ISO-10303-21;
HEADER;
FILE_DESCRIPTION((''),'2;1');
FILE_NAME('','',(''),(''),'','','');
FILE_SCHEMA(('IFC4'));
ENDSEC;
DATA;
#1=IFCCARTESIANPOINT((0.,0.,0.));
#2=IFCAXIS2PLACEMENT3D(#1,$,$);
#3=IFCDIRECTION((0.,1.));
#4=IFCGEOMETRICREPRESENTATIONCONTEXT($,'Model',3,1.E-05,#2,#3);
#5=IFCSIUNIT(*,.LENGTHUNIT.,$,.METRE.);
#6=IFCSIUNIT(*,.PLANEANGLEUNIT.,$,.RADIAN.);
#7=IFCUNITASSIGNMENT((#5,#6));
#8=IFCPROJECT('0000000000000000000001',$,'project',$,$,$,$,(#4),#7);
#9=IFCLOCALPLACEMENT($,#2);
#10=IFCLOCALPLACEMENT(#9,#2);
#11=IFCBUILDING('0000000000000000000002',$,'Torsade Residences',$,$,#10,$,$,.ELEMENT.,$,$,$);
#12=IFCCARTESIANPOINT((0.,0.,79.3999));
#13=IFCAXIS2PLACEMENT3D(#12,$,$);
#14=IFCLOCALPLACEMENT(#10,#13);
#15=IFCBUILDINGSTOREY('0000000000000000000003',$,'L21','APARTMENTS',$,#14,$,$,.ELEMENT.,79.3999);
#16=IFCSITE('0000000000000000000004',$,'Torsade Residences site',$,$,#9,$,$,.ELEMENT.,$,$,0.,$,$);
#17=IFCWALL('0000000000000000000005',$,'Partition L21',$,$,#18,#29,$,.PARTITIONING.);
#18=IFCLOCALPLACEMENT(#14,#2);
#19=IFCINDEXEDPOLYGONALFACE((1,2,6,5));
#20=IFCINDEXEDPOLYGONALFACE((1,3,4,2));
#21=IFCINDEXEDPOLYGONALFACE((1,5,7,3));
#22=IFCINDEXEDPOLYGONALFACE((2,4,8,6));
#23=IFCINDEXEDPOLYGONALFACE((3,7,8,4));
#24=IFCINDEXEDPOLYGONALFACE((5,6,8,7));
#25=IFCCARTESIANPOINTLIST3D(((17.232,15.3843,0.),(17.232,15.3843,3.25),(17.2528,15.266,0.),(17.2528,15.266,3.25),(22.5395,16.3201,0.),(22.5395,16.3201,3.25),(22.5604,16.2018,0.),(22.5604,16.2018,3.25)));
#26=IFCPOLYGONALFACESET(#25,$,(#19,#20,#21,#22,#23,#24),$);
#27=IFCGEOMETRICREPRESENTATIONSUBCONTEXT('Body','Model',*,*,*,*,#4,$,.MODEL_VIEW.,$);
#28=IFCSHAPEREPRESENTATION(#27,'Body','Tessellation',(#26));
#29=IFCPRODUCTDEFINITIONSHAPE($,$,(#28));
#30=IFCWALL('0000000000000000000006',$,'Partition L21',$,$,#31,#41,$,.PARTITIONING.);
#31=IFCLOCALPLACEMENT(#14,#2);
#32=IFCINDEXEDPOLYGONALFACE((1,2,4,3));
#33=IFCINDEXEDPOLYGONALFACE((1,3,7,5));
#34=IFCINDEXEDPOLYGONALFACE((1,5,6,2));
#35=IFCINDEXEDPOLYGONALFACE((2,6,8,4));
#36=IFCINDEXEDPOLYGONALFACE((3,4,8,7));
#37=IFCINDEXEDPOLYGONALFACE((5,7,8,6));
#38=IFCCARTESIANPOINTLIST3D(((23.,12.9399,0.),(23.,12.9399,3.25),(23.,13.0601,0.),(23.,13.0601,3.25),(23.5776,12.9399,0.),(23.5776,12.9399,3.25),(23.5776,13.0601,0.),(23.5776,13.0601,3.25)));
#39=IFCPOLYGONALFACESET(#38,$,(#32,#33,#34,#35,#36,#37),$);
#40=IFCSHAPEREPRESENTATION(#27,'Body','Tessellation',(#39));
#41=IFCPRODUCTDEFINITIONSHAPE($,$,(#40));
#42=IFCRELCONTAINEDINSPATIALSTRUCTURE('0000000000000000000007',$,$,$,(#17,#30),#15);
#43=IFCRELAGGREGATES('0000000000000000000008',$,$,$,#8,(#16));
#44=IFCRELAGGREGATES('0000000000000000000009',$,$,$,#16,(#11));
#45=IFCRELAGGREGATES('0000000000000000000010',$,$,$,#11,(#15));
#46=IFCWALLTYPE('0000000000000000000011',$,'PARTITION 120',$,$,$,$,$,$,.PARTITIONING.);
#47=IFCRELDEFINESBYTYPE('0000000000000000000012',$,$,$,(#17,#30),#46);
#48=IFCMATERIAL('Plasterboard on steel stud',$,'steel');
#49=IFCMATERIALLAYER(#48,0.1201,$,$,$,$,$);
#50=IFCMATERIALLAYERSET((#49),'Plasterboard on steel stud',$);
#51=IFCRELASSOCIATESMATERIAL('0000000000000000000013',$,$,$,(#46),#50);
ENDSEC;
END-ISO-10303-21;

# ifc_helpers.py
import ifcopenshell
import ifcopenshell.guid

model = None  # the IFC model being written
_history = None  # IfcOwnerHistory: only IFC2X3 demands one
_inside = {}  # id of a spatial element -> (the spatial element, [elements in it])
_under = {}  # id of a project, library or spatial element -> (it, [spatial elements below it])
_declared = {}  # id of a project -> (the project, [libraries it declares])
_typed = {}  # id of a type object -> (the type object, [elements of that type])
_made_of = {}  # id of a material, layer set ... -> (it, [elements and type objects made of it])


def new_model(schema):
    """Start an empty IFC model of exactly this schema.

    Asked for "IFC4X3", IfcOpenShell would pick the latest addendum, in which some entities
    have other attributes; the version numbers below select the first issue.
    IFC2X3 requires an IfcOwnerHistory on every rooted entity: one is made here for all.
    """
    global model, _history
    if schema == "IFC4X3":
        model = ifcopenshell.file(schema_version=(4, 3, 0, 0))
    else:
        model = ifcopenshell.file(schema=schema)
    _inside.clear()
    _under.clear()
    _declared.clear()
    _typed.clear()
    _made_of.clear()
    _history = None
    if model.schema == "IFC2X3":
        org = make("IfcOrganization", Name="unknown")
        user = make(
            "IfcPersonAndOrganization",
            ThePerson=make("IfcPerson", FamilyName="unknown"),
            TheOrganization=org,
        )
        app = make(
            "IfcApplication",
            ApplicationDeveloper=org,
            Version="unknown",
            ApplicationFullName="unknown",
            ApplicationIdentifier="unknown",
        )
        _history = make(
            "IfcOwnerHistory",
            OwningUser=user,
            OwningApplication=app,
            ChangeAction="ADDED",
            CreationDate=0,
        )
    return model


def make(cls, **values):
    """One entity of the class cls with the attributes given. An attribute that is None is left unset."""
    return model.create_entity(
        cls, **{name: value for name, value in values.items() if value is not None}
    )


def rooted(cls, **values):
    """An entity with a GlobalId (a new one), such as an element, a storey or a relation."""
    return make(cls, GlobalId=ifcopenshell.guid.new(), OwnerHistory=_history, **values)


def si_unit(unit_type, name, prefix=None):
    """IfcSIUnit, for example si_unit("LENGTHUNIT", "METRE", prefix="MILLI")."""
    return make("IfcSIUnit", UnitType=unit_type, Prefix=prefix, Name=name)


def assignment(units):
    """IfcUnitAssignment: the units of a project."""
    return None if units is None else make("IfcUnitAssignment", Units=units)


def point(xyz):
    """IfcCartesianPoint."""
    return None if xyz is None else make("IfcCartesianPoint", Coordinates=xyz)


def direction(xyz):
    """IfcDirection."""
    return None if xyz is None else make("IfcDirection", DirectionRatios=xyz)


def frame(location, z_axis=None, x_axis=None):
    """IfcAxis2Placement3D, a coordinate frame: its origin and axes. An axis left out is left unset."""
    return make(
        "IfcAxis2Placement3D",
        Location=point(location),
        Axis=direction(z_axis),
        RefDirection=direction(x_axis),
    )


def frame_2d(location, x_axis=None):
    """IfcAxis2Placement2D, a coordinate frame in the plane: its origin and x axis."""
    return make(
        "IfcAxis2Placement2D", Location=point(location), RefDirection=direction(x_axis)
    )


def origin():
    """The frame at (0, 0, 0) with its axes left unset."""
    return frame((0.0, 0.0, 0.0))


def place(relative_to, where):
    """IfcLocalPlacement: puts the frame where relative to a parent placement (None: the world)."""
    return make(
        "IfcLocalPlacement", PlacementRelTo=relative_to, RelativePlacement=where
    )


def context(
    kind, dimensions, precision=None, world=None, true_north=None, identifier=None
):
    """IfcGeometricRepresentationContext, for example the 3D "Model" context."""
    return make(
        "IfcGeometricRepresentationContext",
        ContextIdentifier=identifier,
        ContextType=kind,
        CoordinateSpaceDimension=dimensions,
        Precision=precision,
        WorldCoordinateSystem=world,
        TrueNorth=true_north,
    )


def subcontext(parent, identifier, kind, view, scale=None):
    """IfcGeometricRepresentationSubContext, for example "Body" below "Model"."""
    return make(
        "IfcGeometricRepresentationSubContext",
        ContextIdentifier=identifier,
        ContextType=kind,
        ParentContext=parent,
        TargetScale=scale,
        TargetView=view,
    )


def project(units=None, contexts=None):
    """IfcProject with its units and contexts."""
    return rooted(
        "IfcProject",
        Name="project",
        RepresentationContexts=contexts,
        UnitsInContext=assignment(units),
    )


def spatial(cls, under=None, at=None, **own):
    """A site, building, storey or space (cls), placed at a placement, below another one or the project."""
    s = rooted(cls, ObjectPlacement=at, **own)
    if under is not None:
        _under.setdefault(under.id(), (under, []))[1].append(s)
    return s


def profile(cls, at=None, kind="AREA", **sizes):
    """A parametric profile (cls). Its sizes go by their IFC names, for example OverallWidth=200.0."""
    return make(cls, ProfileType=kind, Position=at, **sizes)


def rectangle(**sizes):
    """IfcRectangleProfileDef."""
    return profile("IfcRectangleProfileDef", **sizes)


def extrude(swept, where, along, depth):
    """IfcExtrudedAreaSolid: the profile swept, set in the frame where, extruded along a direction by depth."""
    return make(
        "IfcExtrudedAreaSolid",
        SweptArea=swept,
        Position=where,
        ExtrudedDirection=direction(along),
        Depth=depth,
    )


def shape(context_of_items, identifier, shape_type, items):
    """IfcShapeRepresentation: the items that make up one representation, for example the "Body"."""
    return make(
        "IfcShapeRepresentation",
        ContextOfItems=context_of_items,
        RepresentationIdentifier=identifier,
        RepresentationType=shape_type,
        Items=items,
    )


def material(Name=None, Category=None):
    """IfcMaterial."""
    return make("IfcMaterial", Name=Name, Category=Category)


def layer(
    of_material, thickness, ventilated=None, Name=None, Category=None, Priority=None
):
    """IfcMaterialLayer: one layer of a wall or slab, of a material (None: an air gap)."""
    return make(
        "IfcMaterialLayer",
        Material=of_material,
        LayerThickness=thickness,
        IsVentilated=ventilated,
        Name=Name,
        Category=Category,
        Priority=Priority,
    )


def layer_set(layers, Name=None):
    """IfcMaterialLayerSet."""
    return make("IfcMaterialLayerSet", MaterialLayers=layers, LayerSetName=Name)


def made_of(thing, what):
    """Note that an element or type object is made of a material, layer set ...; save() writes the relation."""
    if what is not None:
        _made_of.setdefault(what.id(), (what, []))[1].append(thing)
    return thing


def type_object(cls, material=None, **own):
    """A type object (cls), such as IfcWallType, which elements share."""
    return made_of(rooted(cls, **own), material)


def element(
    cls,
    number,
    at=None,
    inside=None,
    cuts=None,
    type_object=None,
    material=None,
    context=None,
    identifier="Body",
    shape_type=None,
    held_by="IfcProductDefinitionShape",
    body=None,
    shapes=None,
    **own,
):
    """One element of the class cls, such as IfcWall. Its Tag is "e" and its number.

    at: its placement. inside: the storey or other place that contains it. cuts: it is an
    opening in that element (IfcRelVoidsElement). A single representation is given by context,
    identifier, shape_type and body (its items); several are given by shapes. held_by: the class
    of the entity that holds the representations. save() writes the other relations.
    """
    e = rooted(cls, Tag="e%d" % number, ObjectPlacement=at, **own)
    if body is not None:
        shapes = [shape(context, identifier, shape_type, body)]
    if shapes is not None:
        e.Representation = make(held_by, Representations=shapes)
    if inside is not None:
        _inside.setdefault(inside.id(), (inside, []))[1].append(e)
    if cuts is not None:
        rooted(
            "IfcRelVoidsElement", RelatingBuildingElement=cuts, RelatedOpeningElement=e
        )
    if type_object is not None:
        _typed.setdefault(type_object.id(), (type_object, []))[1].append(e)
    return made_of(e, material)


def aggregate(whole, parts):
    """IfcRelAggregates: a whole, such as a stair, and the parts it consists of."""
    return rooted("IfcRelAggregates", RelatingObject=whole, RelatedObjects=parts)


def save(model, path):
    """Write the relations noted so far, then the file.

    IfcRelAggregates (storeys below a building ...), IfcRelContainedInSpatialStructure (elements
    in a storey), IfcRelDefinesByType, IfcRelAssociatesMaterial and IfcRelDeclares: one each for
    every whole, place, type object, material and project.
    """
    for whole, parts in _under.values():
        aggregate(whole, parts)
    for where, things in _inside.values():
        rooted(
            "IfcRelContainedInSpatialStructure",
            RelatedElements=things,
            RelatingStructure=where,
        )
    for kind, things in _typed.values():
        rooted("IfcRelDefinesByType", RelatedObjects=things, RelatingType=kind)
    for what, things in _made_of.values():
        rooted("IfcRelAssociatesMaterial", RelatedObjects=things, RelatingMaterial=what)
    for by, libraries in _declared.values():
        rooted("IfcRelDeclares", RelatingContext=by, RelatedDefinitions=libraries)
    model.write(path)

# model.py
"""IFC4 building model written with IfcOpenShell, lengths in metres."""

from ifc_helpers import new_model, si_unit, direction, frame, frame_2d, origin, place, context, subcontext, project, spatial, rectangle, extrude, material, layer, layer_set, type_object, element, save


model = new_model("IFC4")

# Units and contexts
model_context = context("Model", 3, precision=1e-05, world=origin(), true_north=direction((0.0, 1.0)))
body_context = subcontext(model_context, "Body", "Model", "MODEL_VIEW")
ifc_project = project(units=[si_unit("LENGTHUNIT", "METRE"), si_unit("PLANEANGLEUNIT", "RADIAN")], contexts=[model_context])

# Site, building, storey
site_placement = place(None, origin())
site = spatial("IfcSite", under=ifc_project, at=site_placement, Name="Torsade Residences site", CompositionType="ELEMENT", RefElevation=0.0)
building_placement = place(site_placement, origin())
building = spatial("IfcBuilding", under=site, at=building_placement, Name="Torsade Residences", CompositionType="ELEMENT")
storey_placement = place(building_placement, frame((0.0, 0.0, 79.3999)))
storey = spatial("IfcBuildingStorey", under=building, at=storey_placement, Name="L21", Description="APARTMENTS", CompositionType="ELEMENT", Elevation=79.3999)

# Shared definitions
ifc_material_1 = material(Name="Plasterboard on steel stud", Category="steel")
ifc_layer_1 = layer(ifc_material_1, 0.1201)
ifc_layer_set_1 = layer_set([ifc_layer_1], Name="Plasterboard on steel stud")
wall_type = type_object("IfcWallType", Name="PARTITION 120", PredefinedType="PARTITIONING", material=ifc_layer_set_1)

# Walls
wall_1_placement = place(storey_placement, frame((22.55, 16.261, 0.0), z_axis=(0.0, 0.0, 1.0), x_axis=(-0.98481, -0.173633, 0.0)))
element("IfcWall", 1, at=wall_1_placement, inside=storey, type_object=wall_type, Name="Partition L21", PredefinedType="PARTITIONING", context=body_context, shape_type="SweptSolid", body=[
    extrude(rectangle(XDim=5.3894, YDim=0.1201, at=frame_2d((2.6948, 0.0))), origin(), (0.0, 0.0, 1.0), 3.25),
])
wall_2_placement = place(storey_placement, frame((23.0, 13.0, 0.0), z_axis=(0.0, 0.0, 1.0), x_axis=(1.0, 0.0, 0.0)))
element("IfcWall", 2, at=wall_2_placement, inside=storey, type_object=wall_type, Name="Partition L21", PredefinedType="PARTITIONING", context=body_context, shape_type="SweptSolid", body=[
    extrude(rectangle(XDim=0.5776, YDim=0.1201, at=frame_2d((0.2888, 0.0))), origin(), (0.0, 0.0, 1.0), 3.25),
])

save(model, "model.ifc")
